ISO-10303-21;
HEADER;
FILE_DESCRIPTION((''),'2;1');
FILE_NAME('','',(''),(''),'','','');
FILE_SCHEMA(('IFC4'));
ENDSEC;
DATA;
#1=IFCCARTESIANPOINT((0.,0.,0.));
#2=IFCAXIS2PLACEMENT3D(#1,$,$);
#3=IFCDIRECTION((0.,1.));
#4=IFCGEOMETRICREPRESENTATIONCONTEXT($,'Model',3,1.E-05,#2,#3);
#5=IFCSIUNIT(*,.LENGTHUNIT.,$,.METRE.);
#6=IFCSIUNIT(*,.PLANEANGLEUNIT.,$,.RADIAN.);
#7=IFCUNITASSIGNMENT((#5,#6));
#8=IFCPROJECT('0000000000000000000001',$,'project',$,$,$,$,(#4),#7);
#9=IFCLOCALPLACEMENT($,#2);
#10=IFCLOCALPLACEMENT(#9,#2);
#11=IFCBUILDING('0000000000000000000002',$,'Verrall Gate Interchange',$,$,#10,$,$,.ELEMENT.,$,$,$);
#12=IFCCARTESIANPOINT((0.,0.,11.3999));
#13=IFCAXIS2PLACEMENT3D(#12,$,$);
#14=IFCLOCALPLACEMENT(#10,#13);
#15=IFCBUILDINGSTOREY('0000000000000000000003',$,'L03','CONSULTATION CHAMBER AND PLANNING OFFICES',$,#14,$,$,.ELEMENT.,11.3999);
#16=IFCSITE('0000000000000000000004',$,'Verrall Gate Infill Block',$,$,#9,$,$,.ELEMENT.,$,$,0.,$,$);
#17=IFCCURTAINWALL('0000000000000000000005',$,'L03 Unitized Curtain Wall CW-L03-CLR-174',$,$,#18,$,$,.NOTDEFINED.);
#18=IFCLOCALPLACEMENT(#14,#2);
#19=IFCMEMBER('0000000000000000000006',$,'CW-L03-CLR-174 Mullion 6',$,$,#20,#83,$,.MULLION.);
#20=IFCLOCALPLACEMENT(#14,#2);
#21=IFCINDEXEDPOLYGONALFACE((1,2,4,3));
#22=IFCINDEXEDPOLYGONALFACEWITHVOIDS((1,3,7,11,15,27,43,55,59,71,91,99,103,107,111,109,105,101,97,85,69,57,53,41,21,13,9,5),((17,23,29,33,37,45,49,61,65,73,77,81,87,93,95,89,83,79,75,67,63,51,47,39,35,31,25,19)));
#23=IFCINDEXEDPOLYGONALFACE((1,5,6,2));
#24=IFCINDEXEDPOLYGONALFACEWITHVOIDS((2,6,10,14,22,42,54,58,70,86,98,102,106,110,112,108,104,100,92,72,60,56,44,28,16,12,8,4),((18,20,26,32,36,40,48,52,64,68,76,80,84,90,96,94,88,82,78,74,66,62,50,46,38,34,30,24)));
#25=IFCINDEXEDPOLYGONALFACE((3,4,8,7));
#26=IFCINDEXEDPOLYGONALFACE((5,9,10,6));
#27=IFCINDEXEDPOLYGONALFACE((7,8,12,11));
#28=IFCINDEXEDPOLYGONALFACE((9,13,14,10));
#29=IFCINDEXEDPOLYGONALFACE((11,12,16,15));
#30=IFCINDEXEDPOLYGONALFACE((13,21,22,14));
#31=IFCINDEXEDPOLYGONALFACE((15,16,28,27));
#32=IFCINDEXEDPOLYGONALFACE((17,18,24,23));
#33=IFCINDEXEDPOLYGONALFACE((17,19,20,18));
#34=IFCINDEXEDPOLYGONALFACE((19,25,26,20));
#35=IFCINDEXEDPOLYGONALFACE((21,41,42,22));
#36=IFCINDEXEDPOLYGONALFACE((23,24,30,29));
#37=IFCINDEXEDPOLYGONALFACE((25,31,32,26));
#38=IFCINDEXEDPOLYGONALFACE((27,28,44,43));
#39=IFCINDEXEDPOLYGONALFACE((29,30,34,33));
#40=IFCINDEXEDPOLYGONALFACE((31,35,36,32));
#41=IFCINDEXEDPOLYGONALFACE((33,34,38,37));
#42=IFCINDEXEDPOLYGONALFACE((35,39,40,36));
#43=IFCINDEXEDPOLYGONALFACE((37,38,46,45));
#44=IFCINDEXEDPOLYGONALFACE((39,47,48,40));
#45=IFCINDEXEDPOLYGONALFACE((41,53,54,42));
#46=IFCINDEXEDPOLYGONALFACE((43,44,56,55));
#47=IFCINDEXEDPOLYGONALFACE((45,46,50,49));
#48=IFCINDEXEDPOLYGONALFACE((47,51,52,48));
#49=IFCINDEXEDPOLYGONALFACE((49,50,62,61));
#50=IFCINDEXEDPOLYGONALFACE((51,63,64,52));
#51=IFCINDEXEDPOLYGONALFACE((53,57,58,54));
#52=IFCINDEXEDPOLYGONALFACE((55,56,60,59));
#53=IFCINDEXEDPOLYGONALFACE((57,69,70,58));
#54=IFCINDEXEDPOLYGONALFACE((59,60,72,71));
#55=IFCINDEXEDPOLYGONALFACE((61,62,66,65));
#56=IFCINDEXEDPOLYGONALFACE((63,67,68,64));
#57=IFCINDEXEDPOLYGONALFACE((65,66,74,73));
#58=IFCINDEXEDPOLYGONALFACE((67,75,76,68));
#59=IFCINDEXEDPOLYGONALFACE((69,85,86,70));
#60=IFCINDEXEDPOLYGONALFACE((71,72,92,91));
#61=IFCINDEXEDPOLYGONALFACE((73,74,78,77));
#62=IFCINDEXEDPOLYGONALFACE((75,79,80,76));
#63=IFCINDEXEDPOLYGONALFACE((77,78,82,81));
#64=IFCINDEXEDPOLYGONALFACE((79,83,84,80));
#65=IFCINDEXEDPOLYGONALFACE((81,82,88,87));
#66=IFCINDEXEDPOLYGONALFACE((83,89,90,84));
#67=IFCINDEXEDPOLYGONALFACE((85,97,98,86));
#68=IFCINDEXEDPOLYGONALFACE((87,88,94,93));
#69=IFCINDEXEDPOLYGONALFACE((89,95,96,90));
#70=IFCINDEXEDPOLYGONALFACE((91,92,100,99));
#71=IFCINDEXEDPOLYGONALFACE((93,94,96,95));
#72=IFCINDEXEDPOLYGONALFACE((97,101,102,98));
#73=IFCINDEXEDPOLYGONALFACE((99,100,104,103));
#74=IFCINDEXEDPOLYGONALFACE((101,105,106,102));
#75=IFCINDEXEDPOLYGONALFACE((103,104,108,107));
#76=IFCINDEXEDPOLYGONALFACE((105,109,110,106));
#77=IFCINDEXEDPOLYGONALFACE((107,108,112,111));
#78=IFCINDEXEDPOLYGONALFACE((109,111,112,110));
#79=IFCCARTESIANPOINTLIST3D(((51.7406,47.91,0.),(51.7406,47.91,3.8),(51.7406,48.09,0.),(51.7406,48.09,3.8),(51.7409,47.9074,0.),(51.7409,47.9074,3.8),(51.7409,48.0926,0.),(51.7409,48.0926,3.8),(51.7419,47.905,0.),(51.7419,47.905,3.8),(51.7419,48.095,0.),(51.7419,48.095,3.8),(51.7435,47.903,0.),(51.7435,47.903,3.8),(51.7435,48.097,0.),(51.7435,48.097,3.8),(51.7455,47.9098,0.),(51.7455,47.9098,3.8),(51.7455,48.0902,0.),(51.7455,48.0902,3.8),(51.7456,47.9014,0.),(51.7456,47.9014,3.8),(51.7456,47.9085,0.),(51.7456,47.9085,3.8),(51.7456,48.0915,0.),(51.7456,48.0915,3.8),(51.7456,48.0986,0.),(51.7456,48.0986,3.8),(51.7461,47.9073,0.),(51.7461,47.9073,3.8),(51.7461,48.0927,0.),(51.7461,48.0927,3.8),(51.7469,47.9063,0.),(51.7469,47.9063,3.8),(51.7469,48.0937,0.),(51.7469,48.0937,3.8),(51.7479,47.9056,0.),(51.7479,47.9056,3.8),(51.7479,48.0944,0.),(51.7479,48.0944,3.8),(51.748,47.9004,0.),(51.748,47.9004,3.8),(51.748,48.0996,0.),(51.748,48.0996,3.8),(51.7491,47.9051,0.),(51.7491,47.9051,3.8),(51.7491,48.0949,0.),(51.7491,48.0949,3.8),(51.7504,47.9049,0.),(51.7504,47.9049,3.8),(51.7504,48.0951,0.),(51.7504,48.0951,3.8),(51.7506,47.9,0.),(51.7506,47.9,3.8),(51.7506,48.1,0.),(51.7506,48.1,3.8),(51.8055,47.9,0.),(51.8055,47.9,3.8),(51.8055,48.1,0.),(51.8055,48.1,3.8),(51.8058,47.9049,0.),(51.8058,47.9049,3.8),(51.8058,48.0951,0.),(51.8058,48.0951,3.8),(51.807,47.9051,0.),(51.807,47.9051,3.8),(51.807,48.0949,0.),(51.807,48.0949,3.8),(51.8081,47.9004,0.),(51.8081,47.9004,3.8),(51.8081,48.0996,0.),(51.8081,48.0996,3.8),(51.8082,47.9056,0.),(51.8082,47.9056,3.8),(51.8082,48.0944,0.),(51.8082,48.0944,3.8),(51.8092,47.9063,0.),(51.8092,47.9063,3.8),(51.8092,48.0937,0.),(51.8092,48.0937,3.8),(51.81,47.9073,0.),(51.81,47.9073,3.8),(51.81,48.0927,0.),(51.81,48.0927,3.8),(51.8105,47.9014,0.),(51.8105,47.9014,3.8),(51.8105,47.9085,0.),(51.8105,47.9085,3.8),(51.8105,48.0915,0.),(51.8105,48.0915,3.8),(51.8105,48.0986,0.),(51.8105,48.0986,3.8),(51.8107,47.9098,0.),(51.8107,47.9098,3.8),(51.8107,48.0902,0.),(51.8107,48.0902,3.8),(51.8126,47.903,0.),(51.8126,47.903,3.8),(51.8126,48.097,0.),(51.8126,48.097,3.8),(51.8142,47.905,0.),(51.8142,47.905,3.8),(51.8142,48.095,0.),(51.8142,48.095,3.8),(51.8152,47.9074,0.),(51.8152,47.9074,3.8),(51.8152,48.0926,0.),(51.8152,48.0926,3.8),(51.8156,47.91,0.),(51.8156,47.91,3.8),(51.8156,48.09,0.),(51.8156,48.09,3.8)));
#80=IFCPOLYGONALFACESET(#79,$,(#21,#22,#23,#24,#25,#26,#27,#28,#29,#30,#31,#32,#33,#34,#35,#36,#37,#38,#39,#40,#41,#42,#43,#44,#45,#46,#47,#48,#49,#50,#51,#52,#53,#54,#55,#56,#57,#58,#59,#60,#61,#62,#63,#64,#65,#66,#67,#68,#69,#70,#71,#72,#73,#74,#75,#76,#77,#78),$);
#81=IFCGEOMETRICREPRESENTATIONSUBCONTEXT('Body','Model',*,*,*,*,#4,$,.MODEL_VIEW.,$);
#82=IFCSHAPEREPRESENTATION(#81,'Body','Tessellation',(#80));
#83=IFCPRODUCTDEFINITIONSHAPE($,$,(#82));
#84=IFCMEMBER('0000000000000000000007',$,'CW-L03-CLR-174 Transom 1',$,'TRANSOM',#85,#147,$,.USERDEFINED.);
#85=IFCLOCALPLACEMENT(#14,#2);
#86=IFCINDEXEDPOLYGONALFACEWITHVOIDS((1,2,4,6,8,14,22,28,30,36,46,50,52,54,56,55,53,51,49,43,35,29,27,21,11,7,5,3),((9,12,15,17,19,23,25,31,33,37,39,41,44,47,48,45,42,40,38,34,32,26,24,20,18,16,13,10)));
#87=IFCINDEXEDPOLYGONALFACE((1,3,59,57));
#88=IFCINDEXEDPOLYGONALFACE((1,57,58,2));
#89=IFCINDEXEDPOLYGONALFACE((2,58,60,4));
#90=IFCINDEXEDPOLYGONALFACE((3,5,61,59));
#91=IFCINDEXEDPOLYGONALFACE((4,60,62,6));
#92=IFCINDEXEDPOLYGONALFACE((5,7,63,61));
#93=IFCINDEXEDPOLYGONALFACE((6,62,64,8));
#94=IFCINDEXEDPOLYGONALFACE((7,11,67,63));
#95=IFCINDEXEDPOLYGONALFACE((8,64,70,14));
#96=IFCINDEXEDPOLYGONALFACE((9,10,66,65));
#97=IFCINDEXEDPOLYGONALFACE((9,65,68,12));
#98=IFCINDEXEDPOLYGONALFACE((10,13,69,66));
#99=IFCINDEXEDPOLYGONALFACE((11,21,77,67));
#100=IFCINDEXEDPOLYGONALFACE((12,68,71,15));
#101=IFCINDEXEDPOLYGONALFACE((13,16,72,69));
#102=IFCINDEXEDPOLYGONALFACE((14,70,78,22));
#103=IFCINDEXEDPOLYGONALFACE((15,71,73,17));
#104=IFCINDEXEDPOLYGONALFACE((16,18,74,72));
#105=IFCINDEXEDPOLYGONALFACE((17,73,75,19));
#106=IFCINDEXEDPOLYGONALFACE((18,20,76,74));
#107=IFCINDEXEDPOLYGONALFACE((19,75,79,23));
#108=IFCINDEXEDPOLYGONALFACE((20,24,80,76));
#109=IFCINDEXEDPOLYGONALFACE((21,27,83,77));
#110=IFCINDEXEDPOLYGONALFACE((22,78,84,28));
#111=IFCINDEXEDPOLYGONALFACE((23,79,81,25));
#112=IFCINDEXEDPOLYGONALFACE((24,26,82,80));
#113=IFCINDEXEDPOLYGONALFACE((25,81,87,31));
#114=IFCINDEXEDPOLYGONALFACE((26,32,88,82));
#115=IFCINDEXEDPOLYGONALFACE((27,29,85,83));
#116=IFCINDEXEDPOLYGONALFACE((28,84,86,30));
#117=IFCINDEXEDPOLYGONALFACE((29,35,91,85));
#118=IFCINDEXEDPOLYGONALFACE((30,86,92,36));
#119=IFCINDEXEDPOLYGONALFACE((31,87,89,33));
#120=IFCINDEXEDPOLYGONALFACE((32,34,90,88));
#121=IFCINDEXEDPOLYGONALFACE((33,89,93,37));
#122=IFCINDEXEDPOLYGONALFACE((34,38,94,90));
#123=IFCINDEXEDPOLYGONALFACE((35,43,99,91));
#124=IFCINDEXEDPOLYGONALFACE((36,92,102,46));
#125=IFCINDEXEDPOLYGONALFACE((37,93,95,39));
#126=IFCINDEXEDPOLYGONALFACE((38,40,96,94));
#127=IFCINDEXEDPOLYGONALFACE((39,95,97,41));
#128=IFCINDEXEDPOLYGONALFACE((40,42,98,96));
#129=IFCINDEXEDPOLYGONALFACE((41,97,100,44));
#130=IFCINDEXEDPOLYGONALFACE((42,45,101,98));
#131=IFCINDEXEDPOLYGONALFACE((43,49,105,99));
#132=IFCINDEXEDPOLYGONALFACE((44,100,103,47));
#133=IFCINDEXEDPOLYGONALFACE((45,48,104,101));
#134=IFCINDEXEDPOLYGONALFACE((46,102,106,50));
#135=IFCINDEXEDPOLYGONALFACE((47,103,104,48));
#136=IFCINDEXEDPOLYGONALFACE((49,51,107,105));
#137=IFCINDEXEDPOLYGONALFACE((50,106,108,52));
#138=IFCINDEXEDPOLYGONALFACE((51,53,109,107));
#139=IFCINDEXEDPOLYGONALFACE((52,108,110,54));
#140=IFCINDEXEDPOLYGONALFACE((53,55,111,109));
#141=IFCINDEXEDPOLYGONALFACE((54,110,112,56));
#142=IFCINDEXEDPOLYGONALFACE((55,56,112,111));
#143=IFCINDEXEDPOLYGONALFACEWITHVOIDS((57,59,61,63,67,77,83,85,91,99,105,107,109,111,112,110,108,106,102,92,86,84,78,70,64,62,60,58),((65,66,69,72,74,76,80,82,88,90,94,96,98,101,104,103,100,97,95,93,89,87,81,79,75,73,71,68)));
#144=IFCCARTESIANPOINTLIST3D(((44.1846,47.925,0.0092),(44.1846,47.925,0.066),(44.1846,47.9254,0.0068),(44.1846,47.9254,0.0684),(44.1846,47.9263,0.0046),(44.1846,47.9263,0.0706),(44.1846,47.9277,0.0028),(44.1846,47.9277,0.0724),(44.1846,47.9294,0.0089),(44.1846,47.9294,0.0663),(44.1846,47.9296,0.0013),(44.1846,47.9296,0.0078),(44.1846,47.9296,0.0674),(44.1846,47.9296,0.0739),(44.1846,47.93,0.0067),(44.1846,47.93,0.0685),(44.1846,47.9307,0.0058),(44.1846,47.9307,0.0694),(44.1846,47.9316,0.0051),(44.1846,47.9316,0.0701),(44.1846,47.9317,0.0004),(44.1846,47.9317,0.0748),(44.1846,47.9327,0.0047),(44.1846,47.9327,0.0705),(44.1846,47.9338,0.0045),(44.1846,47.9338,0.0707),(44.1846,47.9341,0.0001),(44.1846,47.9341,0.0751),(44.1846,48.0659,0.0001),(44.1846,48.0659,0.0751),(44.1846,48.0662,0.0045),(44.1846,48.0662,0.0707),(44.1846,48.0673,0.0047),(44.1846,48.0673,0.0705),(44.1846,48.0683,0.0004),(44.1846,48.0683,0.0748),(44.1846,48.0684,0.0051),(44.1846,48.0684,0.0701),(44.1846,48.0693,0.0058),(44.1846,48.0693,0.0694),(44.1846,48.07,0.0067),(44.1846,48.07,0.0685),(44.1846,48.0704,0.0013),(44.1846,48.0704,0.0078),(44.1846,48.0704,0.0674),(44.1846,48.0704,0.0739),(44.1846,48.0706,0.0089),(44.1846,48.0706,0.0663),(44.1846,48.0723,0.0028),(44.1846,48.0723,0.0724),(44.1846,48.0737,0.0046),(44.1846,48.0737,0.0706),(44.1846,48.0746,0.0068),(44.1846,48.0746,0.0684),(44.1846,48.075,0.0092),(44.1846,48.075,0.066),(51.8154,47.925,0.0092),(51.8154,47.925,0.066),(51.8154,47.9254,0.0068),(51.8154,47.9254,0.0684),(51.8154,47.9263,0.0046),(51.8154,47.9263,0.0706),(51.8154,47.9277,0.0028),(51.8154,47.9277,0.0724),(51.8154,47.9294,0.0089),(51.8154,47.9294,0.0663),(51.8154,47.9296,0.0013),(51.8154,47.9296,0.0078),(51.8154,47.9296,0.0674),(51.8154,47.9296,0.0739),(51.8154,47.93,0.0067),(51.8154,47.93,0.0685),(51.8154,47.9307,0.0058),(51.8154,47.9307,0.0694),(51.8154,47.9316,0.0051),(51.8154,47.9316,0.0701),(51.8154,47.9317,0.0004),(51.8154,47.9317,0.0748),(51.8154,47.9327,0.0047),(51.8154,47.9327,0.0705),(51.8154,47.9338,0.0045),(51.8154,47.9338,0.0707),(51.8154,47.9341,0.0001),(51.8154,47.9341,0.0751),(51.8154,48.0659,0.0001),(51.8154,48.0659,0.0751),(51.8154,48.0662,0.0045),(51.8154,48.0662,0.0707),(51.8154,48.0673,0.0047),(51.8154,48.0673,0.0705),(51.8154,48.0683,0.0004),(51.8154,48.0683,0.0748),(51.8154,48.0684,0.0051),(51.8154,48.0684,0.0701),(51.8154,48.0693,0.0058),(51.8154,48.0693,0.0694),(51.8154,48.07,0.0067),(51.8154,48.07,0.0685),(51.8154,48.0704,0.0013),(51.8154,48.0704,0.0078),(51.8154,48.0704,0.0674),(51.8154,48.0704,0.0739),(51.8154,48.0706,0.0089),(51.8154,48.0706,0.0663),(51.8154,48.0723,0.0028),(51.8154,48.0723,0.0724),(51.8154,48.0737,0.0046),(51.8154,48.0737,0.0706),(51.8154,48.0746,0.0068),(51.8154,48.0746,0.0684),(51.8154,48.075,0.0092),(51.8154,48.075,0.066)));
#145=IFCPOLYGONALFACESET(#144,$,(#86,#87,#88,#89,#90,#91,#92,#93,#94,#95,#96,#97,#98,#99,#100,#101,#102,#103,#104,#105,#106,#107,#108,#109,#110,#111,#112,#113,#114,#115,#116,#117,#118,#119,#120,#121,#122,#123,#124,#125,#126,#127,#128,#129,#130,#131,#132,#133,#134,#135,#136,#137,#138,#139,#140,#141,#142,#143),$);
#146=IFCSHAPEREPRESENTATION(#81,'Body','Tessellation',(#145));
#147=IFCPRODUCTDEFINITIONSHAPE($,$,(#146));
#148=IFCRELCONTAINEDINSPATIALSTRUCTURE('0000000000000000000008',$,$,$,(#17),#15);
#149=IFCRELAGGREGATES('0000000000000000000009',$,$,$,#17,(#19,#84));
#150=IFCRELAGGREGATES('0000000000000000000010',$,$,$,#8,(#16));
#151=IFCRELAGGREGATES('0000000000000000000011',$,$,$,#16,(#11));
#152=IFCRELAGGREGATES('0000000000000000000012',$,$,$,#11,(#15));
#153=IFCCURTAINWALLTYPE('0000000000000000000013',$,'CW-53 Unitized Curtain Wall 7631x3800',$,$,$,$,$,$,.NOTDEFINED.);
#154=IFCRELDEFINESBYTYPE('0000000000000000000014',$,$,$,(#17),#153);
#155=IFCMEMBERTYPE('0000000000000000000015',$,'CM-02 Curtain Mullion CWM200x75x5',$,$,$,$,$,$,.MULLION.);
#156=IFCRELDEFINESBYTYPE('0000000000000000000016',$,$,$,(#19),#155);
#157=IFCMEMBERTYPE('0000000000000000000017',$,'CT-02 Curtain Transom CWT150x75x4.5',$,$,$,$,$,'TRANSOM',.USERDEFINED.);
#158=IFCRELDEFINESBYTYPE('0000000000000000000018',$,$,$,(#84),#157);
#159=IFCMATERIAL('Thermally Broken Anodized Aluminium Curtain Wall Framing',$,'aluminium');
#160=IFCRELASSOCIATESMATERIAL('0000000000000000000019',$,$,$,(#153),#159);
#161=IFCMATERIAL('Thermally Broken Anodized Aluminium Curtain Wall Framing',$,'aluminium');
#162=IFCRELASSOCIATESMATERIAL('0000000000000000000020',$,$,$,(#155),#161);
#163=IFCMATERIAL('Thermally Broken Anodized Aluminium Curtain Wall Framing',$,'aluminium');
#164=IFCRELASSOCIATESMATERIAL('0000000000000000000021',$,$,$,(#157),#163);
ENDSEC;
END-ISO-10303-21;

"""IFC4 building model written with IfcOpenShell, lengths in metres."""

from ifc_helpers import new_model, si_unit, direction, frame, origin, origin_2d, place, context, subcontext, project, spatial, hollow_rectangle, extrude, material, material_profile, profile_set, type_object, element, aggregate, save


model = new_model("IFC4")

# Units and contexts
model_context = context("Model", 3, precision=1e-05, world=origin(), true_north=direction((0.0, 1.0)))
body_context = subcontext(model_context, "Body", "Model", "MODEL_VIEW")
ifc_project = project(units=[si_unit("LENGTHUNIT", "METRE"), si_unit("PLANEANGLEUNIT", "RADIAN")], contexts=[model_context])

# Site, building, storey
site_placement = place(None, origin())
site = spatial("IfcSite", under=ifc_project, at=site_placement, Name="Verrall Gate Infill Block", CompositionType="ELEMENT", RefElevation=0.0)
building_placement = place(site_placement, origin())
building = spatial("IfcBuilding", under=site, at=building_placement, Name="Verrall Gate Interchange", CompositionType="ELEMENT")
storey_placement = place(building_placement, frame((0.0, 0.0, 11.3999)))
storey = spatial("IfcBuildingStorey", under=building, at=storey_placement, Name="L03", Description="CONSULTATION CHAMBER AND PLANNING OFFICES", CompositionType="ELEMENT", Elevation=11.3999)

# Curtain wall, members
ifc_material_1 = material(Name="Thermally Broken Anodized Aluminium Curtain Wall Framing", Category="aluminium")
curtain_wall_type = type_object("IfcCurtainWallType", Name="CW-53 Unitized Curtain Wall 7631x3800", PredefinedType="NOTDEFINED", material=ifc_material_1)
curtain_wall_placement = place(storey_placement, origin())
curtain_wall = element("IfcCurtainWall", 1, at=curtain_wall_placement, inside=storey, type_object=curtain_wall_type, Name="L03 Unitized Curtain Wall CW-L03-CLR-174", PredefinedType="NOTDEFINED")
ifc_material_2 = material(Name="Thermally Broken Anodized Aluminium Curtain Wall Framing", Category="aluminium")
ifc_material_profile_1 = material_profile(ifc_material_2, hollow_rectangle(XDim=0.075, YDim=0.2, WallThickness=0.0049, InnerFilletRadius=0.0049, OuterFilletRadius=0.01, at=origin_2d()), Name="CWM200x75x5")
ifc_profile_set_1 = profile_set([ifc_material_profile_1], Name="Thermally Broken Anodized Aluminium Curtain Wall Framing")
member_type_1 = type_object("IfcMemberType", Name="CM-02 Curtain Mullion CWM200x75x5", PredefinedType="MULLION", material=ifc_profile_set_1)
member_1_placement = place(storey_placement, frame((51.7781, 48.0, 0.0), z_axis=(0.0, 0.0, 1.0), x_axis=(1.0, 0.0, 0.0)))
member_1 = element("IfcMember", 2, at=member_1_placement, type_object=member_type_1, Name="CW-L03-CLR-174 Mullion 6", PredefinedType="MULLION", context=body_context, shape_type="SweptSolid", body=[
    extrude(hollow_rectangle(XDim=0.075, YDim=0.2, WallThickness=0.0049, InnerFilletRadius=0.0049, OuterFilletRadius=0.01, at=origin_2d()), origin(), (0.0, 0.0, 1.0), 3.8),
])
ifc_material_3 = material(Name="Thermally Broken Anodized Aluminium Curtain Wall Framing", Category="aluminium")
ifc_material_profile_2 = material_profile(ifc_material_3, hollow_rectangle(XDim=0.1499, YDim=0.075, WallThickness=0.0044, InnerFilletRadius=0.0044, OuterFilletRadius=0.009, at=origin_2d()), Name="CWT150x75x4.5")
ifc_profile_set_2 = profile_set([ifc_material_profile_2], Name="Thermally Broken Anodized Aluminium Curtain Wall Framing")
member_type_2 = type_object("IfcMemberType", Name="CT-02 Curtain Transom CWT150x75x4.5", ElementType="TRANSOM", PredefinedType="USERDEFINED", material=ifc_profile_set_2)
member_2_placement = place(storey_placement, frame((44.1846, 48.0, 0.0376), z_axis=(1.0, 0.0, 0.0), x_axis=(0.0, 1.0, 0.0)))
member_2 = element("IfcMember", 3, at=member_2_placement, type_object=member_type_2, Name="CW-L03-CLR-174 Transom 1", ObjectType="TRANSOM", PredefinedType="USERDEFINED", context=body_context, shape_type="SweptSolid", body=[
    extrude(hollow_rectangle(XDim=0.1499, YDim=0.075, WallThickness=0.0044, InnerFilletRadius=0.0044, OuterFilletRadius=0.009, at=origin_2d()), origin(), (0.0, 0.0, 1.0), 7.6309),
])

aggregate(curtain_wall, [member_1, member_2])

save(model, "model.ifc")
